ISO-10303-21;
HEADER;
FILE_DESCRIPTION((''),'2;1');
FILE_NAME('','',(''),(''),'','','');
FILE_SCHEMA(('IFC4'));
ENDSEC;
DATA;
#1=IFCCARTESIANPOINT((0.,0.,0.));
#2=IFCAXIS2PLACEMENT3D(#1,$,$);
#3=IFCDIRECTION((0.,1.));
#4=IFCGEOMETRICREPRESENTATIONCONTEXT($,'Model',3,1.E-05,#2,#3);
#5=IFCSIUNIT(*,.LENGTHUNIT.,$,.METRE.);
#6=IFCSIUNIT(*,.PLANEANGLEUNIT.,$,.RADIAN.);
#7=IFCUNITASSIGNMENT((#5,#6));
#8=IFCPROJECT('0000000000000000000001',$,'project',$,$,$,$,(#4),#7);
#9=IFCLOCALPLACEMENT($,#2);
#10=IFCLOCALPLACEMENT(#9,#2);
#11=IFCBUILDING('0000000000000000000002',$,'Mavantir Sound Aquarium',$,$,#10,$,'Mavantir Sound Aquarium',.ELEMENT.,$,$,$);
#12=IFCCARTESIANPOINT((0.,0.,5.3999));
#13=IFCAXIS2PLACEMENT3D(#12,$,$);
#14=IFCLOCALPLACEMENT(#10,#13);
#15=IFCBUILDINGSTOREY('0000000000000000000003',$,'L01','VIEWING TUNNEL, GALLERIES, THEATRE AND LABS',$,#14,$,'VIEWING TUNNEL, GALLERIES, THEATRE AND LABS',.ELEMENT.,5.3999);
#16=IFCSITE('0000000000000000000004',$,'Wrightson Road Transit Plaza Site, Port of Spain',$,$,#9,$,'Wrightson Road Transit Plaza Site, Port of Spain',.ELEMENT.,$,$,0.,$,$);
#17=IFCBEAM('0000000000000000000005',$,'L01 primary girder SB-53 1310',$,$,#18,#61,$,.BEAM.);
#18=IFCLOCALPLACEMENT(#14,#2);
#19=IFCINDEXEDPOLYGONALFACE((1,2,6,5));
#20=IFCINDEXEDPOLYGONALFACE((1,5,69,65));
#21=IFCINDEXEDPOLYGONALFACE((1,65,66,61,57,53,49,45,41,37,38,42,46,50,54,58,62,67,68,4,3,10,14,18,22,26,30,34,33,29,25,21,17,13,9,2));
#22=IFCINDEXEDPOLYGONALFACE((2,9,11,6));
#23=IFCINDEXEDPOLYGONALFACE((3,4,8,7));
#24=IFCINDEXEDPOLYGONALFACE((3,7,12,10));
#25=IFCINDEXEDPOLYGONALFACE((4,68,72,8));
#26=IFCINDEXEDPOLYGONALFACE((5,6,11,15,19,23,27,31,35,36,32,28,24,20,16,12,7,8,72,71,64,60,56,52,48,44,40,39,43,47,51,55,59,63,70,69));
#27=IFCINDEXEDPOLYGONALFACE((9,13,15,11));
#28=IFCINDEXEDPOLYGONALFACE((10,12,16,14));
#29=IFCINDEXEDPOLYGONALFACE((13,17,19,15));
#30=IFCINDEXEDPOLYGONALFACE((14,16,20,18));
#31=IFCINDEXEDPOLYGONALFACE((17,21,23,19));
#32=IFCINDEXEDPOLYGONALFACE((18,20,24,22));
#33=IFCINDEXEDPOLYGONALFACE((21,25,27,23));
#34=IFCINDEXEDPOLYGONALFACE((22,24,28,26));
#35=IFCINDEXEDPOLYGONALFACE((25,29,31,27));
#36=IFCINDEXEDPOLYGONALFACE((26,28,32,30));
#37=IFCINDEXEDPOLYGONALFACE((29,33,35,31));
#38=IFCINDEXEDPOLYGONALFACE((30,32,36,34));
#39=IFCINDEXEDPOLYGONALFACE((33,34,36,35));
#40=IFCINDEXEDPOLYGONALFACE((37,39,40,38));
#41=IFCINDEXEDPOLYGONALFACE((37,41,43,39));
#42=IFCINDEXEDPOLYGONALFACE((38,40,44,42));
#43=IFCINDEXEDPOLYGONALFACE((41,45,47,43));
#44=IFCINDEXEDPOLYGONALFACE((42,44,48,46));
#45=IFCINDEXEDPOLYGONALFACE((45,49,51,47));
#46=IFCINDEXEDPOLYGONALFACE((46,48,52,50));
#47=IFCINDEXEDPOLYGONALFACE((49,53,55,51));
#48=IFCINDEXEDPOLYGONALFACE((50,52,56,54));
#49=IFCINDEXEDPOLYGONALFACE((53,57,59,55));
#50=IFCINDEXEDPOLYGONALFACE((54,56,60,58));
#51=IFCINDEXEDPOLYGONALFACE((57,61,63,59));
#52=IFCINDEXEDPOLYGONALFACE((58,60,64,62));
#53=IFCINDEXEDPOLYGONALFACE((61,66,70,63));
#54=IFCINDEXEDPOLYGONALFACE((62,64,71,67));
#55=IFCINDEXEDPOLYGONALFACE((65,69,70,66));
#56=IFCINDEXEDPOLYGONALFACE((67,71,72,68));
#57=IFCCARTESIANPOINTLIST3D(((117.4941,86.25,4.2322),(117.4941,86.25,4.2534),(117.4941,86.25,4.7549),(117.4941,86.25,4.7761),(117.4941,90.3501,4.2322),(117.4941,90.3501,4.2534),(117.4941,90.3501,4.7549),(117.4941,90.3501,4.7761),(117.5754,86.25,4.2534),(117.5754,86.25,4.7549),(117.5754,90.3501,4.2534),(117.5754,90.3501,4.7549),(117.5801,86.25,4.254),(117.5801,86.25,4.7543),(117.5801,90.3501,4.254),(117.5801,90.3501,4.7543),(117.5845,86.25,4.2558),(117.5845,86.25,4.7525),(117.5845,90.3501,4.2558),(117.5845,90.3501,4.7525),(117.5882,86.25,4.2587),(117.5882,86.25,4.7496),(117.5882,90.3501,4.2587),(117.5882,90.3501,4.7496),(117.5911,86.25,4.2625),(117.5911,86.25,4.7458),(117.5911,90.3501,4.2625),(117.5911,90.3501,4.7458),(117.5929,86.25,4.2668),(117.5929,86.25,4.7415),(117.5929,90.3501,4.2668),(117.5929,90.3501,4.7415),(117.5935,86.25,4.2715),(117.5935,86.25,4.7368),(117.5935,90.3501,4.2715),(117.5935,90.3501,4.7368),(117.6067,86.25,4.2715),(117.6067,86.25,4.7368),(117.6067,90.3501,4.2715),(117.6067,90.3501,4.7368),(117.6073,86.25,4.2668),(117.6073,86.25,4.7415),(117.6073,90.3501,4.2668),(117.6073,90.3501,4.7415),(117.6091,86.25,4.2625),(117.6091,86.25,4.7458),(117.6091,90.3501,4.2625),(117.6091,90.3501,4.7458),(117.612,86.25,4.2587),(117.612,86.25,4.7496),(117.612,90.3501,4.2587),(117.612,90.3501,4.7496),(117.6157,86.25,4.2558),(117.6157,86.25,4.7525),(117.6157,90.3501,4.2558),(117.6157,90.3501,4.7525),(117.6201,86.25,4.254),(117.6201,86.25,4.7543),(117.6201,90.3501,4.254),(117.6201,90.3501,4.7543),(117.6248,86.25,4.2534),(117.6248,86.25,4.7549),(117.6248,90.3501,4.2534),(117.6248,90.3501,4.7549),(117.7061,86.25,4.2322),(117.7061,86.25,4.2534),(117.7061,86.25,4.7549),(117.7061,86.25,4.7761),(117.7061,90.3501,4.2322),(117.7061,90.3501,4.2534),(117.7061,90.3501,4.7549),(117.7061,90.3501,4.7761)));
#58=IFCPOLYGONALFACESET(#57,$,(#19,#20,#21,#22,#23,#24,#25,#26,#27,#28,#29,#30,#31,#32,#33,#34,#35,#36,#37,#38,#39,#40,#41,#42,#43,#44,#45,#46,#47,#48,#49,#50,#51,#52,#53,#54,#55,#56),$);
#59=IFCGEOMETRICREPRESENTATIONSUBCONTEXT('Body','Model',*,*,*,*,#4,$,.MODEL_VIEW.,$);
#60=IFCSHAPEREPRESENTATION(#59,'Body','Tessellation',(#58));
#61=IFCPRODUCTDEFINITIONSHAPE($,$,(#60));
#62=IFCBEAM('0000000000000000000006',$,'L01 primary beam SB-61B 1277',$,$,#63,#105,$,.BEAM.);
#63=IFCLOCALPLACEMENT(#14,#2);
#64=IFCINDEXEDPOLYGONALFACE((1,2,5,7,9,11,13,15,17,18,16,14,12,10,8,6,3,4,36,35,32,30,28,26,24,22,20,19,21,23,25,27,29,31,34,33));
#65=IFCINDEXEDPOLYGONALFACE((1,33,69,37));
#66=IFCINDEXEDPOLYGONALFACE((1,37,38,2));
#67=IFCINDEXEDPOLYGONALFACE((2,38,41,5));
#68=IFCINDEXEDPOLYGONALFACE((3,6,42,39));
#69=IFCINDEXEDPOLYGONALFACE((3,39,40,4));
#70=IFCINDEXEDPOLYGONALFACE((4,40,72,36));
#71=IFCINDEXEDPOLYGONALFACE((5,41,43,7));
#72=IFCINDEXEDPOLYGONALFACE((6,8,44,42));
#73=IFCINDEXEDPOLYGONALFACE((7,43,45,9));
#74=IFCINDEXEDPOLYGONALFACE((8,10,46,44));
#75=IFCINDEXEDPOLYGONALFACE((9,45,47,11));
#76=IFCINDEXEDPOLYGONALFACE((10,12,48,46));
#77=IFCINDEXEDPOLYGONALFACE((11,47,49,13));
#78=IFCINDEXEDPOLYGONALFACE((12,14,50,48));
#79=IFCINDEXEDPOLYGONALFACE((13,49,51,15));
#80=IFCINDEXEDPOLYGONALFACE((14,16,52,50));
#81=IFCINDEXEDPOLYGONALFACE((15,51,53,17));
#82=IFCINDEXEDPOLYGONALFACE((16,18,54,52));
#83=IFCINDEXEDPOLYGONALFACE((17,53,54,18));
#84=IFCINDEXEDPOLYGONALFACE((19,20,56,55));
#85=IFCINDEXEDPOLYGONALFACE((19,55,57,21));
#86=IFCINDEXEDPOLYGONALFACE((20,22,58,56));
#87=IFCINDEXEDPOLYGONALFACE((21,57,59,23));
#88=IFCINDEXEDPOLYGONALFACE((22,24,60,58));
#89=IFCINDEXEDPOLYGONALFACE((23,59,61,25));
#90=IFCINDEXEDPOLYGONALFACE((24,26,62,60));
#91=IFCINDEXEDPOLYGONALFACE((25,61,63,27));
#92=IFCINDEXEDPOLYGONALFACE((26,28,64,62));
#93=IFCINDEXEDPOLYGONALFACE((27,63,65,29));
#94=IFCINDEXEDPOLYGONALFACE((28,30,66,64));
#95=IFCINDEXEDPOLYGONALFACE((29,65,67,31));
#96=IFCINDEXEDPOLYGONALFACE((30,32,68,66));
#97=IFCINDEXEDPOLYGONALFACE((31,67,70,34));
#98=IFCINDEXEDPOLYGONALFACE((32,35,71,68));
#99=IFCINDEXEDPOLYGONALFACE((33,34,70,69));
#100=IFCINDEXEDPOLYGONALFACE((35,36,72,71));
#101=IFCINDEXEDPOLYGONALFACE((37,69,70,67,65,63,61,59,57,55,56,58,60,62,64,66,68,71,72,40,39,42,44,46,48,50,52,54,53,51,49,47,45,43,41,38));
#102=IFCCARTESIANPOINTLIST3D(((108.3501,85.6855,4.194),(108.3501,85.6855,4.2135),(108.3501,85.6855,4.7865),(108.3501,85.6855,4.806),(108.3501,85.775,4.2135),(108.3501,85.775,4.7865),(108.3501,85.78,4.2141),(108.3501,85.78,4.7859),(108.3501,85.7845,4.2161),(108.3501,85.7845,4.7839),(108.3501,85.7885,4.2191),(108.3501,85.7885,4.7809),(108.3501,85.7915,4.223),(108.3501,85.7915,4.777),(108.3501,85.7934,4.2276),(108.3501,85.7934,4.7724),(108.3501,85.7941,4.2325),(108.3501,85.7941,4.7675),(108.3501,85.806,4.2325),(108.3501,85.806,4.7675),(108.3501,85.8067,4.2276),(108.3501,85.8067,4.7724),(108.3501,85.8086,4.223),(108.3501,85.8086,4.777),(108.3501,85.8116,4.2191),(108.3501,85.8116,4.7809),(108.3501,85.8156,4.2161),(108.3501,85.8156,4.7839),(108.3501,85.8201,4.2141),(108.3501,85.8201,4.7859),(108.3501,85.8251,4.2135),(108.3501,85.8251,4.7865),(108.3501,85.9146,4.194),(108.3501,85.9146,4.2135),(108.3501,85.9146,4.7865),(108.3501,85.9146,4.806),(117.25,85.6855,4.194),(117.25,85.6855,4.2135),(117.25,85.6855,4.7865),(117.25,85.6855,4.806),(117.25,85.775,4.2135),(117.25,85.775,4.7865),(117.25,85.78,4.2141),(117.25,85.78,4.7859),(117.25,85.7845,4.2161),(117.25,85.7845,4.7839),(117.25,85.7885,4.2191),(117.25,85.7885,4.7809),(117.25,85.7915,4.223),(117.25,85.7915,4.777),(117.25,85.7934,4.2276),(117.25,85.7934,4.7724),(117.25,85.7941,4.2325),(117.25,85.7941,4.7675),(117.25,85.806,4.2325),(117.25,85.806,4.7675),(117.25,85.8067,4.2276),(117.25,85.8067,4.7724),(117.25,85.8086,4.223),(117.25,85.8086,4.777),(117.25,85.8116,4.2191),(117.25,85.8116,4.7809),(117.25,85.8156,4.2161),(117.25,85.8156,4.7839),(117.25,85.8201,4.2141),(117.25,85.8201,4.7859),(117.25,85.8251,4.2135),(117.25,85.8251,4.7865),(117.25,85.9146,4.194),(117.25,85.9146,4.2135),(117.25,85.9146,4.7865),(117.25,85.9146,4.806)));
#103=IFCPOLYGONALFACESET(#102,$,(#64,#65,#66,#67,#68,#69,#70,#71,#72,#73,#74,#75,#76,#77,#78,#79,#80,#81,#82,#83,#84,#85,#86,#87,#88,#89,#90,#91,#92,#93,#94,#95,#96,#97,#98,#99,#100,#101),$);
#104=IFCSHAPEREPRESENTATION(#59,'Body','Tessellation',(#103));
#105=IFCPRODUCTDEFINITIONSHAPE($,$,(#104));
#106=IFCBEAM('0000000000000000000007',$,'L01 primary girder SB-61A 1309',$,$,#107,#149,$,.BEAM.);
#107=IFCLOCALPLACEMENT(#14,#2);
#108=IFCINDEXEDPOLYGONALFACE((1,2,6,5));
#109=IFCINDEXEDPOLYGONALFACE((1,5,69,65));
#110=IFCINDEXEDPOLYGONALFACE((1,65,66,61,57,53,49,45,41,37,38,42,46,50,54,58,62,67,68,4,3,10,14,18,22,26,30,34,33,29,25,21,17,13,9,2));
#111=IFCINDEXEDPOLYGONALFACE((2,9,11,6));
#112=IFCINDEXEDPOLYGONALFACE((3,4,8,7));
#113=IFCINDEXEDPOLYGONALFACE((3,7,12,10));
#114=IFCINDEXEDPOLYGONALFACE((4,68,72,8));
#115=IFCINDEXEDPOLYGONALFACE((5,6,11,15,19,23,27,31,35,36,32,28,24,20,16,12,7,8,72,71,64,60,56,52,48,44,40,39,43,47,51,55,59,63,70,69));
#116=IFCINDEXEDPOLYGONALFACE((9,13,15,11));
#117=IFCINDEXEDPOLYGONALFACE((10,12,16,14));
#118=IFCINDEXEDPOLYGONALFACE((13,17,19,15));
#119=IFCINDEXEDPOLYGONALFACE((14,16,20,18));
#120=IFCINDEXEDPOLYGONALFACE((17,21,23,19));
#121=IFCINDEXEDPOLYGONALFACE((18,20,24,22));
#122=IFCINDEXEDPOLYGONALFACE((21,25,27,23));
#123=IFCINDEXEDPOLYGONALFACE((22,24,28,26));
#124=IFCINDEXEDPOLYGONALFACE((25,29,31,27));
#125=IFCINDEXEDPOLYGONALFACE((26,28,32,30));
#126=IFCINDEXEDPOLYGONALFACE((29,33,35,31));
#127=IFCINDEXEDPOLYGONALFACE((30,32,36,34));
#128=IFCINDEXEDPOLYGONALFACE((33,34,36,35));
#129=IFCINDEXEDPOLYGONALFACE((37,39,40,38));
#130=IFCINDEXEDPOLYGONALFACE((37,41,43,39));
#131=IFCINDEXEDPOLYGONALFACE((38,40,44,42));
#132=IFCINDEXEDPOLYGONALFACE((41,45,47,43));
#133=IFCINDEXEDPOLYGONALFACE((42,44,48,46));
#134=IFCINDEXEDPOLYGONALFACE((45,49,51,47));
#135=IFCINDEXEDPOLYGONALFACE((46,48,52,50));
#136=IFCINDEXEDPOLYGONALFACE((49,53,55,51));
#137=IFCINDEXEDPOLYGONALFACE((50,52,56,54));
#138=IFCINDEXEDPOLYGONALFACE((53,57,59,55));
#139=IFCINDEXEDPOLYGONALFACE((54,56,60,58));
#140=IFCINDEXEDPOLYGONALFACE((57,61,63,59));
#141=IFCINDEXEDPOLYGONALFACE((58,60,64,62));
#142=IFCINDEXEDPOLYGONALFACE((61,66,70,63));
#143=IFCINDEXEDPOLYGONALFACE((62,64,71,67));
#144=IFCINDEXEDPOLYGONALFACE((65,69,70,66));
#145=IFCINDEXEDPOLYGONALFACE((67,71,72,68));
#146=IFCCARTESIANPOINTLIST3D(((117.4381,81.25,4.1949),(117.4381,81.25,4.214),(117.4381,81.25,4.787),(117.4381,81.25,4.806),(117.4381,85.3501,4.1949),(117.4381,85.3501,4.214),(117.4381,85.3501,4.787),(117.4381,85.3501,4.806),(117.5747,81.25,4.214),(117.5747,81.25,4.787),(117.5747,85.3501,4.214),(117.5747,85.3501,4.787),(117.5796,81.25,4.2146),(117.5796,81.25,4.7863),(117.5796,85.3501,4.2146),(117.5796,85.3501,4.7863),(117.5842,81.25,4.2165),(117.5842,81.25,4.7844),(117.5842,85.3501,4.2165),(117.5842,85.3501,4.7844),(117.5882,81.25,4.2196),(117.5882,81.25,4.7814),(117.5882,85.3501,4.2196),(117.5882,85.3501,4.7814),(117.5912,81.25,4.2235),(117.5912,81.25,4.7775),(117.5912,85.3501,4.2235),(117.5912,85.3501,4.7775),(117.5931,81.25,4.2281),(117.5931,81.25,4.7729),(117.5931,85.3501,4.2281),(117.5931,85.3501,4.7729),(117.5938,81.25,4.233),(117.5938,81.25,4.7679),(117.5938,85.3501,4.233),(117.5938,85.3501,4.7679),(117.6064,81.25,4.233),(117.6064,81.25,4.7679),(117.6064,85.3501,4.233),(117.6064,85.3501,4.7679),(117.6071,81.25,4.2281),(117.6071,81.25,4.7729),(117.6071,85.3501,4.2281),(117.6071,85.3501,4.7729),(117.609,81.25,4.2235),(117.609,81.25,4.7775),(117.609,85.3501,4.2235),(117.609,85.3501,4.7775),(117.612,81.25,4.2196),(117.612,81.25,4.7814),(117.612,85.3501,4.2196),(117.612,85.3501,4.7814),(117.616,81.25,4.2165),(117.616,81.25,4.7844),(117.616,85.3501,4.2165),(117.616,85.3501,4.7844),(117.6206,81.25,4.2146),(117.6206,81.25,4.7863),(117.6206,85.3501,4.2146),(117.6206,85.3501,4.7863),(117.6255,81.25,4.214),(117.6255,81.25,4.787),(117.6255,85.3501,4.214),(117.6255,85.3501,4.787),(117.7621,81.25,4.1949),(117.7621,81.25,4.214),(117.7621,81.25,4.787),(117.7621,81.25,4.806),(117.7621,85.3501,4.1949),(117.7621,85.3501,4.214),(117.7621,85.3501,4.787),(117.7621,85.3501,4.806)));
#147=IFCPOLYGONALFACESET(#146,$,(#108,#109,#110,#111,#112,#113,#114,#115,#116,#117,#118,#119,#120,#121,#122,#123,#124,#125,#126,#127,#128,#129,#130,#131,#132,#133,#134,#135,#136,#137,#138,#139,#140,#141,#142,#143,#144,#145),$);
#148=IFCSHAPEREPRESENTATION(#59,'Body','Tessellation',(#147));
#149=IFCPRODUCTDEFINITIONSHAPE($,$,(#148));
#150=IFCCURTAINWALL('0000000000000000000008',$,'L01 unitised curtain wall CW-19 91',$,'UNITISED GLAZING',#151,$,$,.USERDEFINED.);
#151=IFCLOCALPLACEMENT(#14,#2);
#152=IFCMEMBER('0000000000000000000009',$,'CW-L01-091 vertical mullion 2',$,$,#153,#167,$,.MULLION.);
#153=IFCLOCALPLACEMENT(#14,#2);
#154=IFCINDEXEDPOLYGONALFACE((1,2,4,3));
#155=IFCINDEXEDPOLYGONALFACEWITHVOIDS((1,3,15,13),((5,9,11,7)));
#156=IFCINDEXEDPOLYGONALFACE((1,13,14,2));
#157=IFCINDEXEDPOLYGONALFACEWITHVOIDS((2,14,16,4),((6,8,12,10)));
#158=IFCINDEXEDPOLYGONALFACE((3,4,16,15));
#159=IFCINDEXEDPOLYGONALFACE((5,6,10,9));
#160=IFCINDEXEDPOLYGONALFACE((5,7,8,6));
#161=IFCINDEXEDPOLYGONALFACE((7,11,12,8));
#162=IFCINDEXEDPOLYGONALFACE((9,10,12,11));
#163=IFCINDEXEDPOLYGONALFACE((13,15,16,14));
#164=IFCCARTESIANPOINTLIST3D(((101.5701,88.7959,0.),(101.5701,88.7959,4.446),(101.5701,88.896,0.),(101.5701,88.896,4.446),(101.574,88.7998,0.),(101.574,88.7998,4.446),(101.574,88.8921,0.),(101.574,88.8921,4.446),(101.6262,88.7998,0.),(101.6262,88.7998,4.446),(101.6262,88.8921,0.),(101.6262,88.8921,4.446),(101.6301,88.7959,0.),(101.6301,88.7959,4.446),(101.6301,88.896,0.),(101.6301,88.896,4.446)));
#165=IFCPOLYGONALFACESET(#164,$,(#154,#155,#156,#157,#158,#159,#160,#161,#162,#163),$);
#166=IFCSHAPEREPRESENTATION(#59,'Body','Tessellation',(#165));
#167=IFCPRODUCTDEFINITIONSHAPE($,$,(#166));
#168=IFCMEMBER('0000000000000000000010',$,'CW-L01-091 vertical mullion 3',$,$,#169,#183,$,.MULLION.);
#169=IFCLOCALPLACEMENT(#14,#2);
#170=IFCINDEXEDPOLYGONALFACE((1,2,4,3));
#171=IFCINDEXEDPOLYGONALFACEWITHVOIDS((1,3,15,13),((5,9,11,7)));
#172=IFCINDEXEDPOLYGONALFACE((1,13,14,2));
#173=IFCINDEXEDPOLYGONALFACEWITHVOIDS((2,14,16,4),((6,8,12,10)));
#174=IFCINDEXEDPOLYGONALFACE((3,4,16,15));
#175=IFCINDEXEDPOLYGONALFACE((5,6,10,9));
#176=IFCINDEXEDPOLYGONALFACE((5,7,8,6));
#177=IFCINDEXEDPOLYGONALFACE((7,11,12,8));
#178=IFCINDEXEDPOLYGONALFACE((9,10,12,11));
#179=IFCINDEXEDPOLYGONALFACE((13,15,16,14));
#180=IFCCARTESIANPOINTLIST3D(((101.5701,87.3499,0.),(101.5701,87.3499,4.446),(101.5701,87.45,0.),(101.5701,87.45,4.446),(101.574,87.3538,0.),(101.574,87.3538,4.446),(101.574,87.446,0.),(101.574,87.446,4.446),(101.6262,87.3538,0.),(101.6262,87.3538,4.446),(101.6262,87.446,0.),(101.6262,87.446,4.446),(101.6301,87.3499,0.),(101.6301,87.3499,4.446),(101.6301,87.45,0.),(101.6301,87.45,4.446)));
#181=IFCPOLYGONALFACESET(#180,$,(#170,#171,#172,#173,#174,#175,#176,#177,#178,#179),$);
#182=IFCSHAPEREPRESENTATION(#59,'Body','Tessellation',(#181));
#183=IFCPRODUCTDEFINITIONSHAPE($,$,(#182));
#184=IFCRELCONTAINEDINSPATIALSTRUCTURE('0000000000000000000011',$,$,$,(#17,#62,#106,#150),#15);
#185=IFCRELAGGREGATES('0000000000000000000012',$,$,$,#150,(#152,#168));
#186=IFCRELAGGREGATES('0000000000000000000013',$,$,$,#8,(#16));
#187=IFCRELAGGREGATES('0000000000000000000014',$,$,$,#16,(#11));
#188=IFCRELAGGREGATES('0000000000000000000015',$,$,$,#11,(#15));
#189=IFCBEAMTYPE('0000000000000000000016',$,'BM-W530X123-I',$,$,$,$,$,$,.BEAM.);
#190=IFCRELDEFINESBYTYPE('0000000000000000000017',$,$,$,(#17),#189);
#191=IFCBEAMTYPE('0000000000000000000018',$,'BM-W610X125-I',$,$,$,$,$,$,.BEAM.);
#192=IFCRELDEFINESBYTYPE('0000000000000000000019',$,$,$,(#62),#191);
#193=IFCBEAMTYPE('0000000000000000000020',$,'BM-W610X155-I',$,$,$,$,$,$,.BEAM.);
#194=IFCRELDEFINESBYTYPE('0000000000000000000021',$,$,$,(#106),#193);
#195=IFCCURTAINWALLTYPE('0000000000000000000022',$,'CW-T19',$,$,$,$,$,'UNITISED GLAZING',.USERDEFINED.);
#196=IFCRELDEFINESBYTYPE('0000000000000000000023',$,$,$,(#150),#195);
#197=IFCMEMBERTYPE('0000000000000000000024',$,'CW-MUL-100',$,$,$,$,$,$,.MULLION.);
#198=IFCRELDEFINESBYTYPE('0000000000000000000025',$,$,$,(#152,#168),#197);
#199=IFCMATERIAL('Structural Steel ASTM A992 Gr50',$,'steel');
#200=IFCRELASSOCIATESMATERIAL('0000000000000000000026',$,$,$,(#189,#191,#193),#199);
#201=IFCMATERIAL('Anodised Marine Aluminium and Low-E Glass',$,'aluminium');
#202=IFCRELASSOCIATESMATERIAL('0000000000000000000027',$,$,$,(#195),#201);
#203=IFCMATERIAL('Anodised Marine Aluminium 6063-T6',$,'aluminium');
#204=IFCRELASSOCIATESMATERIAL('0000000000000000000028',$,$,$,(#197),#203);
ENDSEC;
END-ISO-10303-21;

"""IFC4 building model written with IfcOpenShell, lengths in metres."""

from ifc_helpers import new_model, si_unit, direction, frame, origin, origin_2d, place, context, subcontext, project, spatial, hollow_rectangle, i_section, extrude, material, material_profile, profile_set, type_object, element, aggregate, save


model = new_model("IFC4")

# Units and contexts
model_context = context("Model", 3, precision=1e-05, world=origin(), true_north=direction((0.0, 1.0)))
body_context = subcontext(model_context, "Body", "Model", "MODEL_VIEW")
ifc_project = project(units=[si_unit("LENGTHUNIT", "METRE"), si_unit("PLANEANGLEUNIT", "RADIAN")], contexts=[model_context])

# Site, building, storey
site_placement = place(None, origin())
site = spatial("IfcSite", under=ifc_project, at=site_placement, Name="Wrightson Road Transit Plaza Site, Port of Spain", LongName="Wrightson Road Transit Plaza Site, Port of Spain", CompositionType="ELEMENT", RefElevation=0.0)
building_placement = place(site_placement, origin())
building = spatial("IfcBuilding", under=site, at=building_placement, Name="Mavantir Sound Aquarium", LongName="Mavantir Sound Aquarium", CompositionType="ELEMENT")
storey_placement = place(building_placement, frame((0.0, 0.0, 5.3999)))
storey = spatial("IfcBuildingStorey", under=building, at=storey_placement, Name="L01", Description="VIEWING TUNNEL, GALLERIES, THEATRE AND LABS", LongName="VIEWING TUNNEL, GALLERIES, THEATRE AND LABS", CompositionType="ELEMENT", Elevation=5.3999)

# Beams
ifc_material_1 = material(Name="Structural Steel ASTM A992 Gr50", Category="steel")
ifc_material_profile_1 = material_profile(ifc_material_1, i_section(OverallWidth=0.2119, OverallDepth=0.5439, WebThickness=0.0132, FlangeThickness=0.0212, FilletRadius=0.0181, at=origin_2d()), Name="W530X123")
ifc_profile_set_1 = profile_set([ifc_material_profile_1], Name="Structural Steel ASTM A992 Gr50")
beam_type_1 = type_object("IfcBeamType", Name="BM-W530X123-I", PredefinedType="BEAM", material=ifc_profile_set_1)
for number, where, z_axis, x_axis, name in (
    (1, (117.6001, 86.25, 4.5042), (0.0, 1.0, 0.0), (-1.0, 0.0, 0.0), "L01 primary girder SB-53 1310"),
):
    element("IfcBeam", number, at=place(storey_placement, frame(where, z_axis=z_axis, x_axis=x_axis)), inside=storey, type_object=beam_type_1, Name=name, PredefinedType="BEAM", context=body_context, shape_type="SweptSolid", body=[
        extrude(i_section(OverallWidth=0.2119, OverallDepth=0.5439, WebThickness=0.0132, FlangeThickness=0.0212, FilletRadius=0.0181, at=origin_2d()), origin(), (0.0, 0.0, 1.0), 4.1001),
    ])
ifc_material_profile_2 = material_profile(ifc_material_1, i_section(OverallWidth=0.229, OverallDepth=0.6121, WebThickness=0.012, FlangeThickness=0.0195, FilletRadius=0.019, at=origin_2d()), Name="W610X125")
ifc_profile_set_2 = profile_set([ifc_material_profile_2], Name="Structural Steel ASTM A992 Gr50")
beam_type_2 = type_object("IfcBeamType", Name="BM-W610X125-I", PredefinedType="BEAM", material=ifc_profile_set_2)
beam_1_placement = place(storey_placement, frame((108.3501, 85.8, 4.5), z_axis=(1.0, 0.0, 0.0), x_axis=(0.0, 1.0, 0.0)))
element("IfcBeam", 2, at=beam_1_placement, inside=storey, type_object=beam_type_2, Name="L01 primary beam SB-61B 1277", PredefinedType="BEAM", context=body_context, shape_type="SweptSolid", body=[
    extrude(i_section(OverallWidth=0.229, OverallDepth=0.6121, WebThickness=0.012, FlangeThickness=0.0195, FilletRadius=0.019, at=origin_2d()), origin(), (0.0, 0.0, 1.0), 8.8999),
])
ifc_material_profile_3 = material_profile(ifc_material_1, i_section(OverallWidth=0.324, OverallDepth=0.6111, WebThickness=0.0127, FlangeThickness=0.019, FilletRadius=0.019, at=origin_2d()), Name="W610X155")
ifc_profile_set_3 = profile_set([ifc_material_profile_3], Name="Structural Steel ASTM A992 Gr50")
beam_type_3 = type_object("IfcBeamType", Name="BM-W610X155-I", PredefinedType="BEAM", material=ifc_profile_set_3)
beam_2_placement = place(storey_placement, frame((117.6001, 81.25, 4.5005), z_axis=(0.0, 1.0, 0.0), x_axis=(-1.0, 0.0, 0.0)))
element("IfcBeam", 3, at=beam_2_placement, inside=storey, type_object=beam_type_3, Name="L01 primary girder SB-61A 1309", PredefinedType="BEAM", context=body_context, shape_type="SweptSolid", body=[
    extrude(i_section(OverallWidth=0.324, OverallDepth=0.6111, WebThickness=0.0127, FlangeThickness=0.019, FilletRadius=0.019, at=origin_2d()), origin(), (0.0, 0.0, 1.0), 4.1001),
])

# Curtain wall, members
ifc_material_2 = material(Name="Anodised Marine Aluminium and Low-E Glass", Category="aluminium")
curtain_wall_type = type_object("IfcCurtainWallType", Name="CW-T19", ElementType="UNITISED GLAZING", PredefinedType="USERDEFINED", material=ifc_material_2)
curtain_wall_placement = place(storey_placement, origin())
curtain_wall = element("IfcCurtainWall", 4, at=curtain_wall_placement, inside=storey, type_object=curtain_wall_type, Name="L01 unitised curtain wall CW-19 91", ObjectType="UNITISED GLAZING", PredefinedType="USERDEFINED")
ifc_material_3 = material(Name="Anodised Marine Aluminium 6063-T6", Category="aluminium")
ifc_material_profile_4 = material_profile(ifc_material_3, hollow_rectangle(XDim=0.0601, YDim=0.1001, WallThickness=0.0039, at=origin_2d()), Name="ALU-MULLION-100X60")
ifc_profile_set_4 = profile_set([ifc_material_profile_4], Name="Anodised Marine Aluminium 6063-T6")
member_type_1 = type_object("IfcMemberType", Name="CW-MUL-100", PredefinedType="MULLION", material=ifc_profile_set_4)
member_1_placement = place(storey_placement, frame((101.6001, 88.8459, 0.0), z_axis=(0.0, 0.0, 1.0), x_axis=(1.0, 0.0, 0.0)))
member_1 = element("IfcMember", 5, at=member_1_placement, type_object=member_type_1, Name="CW-L01-091 vertical mullion 2", PredefinedType="MULLION", context=body_context, shape_type="SweptSolid", body=[
    extrude(hollow_rectangle(XDim=0.0601, YDim=0.1001, WallThickness=0.0039, at=origin_2d()), origin(), (0.0, 0.0, 1.0), 4.446),
])
member_2_placement = place(storey_placement, frame((101.6001, 87.3999, 0.0), z_axis=(0.0, 0.0, 1.0), x_axis=(1.0, 0.0, 0.0)))
member_2 = element("IfcMember", 6, at=member_2_placement, type_object=member_type_1, Name="CW-L01-091 vertical mullion 3", PredefinedType="MULLION", context=body_context, shape_type="SweptSolid", body=[
    extrude(hollow_rectangle(XDim=0.0601, YDim=0.1001, WallThickness=0.0039, at=origin_2d()), origin(), (0.0, 0.0, 1.0), 4.446),
])
aggregate(curtain_wall, [member_1, member_2])

save(model, "model.ifc")
